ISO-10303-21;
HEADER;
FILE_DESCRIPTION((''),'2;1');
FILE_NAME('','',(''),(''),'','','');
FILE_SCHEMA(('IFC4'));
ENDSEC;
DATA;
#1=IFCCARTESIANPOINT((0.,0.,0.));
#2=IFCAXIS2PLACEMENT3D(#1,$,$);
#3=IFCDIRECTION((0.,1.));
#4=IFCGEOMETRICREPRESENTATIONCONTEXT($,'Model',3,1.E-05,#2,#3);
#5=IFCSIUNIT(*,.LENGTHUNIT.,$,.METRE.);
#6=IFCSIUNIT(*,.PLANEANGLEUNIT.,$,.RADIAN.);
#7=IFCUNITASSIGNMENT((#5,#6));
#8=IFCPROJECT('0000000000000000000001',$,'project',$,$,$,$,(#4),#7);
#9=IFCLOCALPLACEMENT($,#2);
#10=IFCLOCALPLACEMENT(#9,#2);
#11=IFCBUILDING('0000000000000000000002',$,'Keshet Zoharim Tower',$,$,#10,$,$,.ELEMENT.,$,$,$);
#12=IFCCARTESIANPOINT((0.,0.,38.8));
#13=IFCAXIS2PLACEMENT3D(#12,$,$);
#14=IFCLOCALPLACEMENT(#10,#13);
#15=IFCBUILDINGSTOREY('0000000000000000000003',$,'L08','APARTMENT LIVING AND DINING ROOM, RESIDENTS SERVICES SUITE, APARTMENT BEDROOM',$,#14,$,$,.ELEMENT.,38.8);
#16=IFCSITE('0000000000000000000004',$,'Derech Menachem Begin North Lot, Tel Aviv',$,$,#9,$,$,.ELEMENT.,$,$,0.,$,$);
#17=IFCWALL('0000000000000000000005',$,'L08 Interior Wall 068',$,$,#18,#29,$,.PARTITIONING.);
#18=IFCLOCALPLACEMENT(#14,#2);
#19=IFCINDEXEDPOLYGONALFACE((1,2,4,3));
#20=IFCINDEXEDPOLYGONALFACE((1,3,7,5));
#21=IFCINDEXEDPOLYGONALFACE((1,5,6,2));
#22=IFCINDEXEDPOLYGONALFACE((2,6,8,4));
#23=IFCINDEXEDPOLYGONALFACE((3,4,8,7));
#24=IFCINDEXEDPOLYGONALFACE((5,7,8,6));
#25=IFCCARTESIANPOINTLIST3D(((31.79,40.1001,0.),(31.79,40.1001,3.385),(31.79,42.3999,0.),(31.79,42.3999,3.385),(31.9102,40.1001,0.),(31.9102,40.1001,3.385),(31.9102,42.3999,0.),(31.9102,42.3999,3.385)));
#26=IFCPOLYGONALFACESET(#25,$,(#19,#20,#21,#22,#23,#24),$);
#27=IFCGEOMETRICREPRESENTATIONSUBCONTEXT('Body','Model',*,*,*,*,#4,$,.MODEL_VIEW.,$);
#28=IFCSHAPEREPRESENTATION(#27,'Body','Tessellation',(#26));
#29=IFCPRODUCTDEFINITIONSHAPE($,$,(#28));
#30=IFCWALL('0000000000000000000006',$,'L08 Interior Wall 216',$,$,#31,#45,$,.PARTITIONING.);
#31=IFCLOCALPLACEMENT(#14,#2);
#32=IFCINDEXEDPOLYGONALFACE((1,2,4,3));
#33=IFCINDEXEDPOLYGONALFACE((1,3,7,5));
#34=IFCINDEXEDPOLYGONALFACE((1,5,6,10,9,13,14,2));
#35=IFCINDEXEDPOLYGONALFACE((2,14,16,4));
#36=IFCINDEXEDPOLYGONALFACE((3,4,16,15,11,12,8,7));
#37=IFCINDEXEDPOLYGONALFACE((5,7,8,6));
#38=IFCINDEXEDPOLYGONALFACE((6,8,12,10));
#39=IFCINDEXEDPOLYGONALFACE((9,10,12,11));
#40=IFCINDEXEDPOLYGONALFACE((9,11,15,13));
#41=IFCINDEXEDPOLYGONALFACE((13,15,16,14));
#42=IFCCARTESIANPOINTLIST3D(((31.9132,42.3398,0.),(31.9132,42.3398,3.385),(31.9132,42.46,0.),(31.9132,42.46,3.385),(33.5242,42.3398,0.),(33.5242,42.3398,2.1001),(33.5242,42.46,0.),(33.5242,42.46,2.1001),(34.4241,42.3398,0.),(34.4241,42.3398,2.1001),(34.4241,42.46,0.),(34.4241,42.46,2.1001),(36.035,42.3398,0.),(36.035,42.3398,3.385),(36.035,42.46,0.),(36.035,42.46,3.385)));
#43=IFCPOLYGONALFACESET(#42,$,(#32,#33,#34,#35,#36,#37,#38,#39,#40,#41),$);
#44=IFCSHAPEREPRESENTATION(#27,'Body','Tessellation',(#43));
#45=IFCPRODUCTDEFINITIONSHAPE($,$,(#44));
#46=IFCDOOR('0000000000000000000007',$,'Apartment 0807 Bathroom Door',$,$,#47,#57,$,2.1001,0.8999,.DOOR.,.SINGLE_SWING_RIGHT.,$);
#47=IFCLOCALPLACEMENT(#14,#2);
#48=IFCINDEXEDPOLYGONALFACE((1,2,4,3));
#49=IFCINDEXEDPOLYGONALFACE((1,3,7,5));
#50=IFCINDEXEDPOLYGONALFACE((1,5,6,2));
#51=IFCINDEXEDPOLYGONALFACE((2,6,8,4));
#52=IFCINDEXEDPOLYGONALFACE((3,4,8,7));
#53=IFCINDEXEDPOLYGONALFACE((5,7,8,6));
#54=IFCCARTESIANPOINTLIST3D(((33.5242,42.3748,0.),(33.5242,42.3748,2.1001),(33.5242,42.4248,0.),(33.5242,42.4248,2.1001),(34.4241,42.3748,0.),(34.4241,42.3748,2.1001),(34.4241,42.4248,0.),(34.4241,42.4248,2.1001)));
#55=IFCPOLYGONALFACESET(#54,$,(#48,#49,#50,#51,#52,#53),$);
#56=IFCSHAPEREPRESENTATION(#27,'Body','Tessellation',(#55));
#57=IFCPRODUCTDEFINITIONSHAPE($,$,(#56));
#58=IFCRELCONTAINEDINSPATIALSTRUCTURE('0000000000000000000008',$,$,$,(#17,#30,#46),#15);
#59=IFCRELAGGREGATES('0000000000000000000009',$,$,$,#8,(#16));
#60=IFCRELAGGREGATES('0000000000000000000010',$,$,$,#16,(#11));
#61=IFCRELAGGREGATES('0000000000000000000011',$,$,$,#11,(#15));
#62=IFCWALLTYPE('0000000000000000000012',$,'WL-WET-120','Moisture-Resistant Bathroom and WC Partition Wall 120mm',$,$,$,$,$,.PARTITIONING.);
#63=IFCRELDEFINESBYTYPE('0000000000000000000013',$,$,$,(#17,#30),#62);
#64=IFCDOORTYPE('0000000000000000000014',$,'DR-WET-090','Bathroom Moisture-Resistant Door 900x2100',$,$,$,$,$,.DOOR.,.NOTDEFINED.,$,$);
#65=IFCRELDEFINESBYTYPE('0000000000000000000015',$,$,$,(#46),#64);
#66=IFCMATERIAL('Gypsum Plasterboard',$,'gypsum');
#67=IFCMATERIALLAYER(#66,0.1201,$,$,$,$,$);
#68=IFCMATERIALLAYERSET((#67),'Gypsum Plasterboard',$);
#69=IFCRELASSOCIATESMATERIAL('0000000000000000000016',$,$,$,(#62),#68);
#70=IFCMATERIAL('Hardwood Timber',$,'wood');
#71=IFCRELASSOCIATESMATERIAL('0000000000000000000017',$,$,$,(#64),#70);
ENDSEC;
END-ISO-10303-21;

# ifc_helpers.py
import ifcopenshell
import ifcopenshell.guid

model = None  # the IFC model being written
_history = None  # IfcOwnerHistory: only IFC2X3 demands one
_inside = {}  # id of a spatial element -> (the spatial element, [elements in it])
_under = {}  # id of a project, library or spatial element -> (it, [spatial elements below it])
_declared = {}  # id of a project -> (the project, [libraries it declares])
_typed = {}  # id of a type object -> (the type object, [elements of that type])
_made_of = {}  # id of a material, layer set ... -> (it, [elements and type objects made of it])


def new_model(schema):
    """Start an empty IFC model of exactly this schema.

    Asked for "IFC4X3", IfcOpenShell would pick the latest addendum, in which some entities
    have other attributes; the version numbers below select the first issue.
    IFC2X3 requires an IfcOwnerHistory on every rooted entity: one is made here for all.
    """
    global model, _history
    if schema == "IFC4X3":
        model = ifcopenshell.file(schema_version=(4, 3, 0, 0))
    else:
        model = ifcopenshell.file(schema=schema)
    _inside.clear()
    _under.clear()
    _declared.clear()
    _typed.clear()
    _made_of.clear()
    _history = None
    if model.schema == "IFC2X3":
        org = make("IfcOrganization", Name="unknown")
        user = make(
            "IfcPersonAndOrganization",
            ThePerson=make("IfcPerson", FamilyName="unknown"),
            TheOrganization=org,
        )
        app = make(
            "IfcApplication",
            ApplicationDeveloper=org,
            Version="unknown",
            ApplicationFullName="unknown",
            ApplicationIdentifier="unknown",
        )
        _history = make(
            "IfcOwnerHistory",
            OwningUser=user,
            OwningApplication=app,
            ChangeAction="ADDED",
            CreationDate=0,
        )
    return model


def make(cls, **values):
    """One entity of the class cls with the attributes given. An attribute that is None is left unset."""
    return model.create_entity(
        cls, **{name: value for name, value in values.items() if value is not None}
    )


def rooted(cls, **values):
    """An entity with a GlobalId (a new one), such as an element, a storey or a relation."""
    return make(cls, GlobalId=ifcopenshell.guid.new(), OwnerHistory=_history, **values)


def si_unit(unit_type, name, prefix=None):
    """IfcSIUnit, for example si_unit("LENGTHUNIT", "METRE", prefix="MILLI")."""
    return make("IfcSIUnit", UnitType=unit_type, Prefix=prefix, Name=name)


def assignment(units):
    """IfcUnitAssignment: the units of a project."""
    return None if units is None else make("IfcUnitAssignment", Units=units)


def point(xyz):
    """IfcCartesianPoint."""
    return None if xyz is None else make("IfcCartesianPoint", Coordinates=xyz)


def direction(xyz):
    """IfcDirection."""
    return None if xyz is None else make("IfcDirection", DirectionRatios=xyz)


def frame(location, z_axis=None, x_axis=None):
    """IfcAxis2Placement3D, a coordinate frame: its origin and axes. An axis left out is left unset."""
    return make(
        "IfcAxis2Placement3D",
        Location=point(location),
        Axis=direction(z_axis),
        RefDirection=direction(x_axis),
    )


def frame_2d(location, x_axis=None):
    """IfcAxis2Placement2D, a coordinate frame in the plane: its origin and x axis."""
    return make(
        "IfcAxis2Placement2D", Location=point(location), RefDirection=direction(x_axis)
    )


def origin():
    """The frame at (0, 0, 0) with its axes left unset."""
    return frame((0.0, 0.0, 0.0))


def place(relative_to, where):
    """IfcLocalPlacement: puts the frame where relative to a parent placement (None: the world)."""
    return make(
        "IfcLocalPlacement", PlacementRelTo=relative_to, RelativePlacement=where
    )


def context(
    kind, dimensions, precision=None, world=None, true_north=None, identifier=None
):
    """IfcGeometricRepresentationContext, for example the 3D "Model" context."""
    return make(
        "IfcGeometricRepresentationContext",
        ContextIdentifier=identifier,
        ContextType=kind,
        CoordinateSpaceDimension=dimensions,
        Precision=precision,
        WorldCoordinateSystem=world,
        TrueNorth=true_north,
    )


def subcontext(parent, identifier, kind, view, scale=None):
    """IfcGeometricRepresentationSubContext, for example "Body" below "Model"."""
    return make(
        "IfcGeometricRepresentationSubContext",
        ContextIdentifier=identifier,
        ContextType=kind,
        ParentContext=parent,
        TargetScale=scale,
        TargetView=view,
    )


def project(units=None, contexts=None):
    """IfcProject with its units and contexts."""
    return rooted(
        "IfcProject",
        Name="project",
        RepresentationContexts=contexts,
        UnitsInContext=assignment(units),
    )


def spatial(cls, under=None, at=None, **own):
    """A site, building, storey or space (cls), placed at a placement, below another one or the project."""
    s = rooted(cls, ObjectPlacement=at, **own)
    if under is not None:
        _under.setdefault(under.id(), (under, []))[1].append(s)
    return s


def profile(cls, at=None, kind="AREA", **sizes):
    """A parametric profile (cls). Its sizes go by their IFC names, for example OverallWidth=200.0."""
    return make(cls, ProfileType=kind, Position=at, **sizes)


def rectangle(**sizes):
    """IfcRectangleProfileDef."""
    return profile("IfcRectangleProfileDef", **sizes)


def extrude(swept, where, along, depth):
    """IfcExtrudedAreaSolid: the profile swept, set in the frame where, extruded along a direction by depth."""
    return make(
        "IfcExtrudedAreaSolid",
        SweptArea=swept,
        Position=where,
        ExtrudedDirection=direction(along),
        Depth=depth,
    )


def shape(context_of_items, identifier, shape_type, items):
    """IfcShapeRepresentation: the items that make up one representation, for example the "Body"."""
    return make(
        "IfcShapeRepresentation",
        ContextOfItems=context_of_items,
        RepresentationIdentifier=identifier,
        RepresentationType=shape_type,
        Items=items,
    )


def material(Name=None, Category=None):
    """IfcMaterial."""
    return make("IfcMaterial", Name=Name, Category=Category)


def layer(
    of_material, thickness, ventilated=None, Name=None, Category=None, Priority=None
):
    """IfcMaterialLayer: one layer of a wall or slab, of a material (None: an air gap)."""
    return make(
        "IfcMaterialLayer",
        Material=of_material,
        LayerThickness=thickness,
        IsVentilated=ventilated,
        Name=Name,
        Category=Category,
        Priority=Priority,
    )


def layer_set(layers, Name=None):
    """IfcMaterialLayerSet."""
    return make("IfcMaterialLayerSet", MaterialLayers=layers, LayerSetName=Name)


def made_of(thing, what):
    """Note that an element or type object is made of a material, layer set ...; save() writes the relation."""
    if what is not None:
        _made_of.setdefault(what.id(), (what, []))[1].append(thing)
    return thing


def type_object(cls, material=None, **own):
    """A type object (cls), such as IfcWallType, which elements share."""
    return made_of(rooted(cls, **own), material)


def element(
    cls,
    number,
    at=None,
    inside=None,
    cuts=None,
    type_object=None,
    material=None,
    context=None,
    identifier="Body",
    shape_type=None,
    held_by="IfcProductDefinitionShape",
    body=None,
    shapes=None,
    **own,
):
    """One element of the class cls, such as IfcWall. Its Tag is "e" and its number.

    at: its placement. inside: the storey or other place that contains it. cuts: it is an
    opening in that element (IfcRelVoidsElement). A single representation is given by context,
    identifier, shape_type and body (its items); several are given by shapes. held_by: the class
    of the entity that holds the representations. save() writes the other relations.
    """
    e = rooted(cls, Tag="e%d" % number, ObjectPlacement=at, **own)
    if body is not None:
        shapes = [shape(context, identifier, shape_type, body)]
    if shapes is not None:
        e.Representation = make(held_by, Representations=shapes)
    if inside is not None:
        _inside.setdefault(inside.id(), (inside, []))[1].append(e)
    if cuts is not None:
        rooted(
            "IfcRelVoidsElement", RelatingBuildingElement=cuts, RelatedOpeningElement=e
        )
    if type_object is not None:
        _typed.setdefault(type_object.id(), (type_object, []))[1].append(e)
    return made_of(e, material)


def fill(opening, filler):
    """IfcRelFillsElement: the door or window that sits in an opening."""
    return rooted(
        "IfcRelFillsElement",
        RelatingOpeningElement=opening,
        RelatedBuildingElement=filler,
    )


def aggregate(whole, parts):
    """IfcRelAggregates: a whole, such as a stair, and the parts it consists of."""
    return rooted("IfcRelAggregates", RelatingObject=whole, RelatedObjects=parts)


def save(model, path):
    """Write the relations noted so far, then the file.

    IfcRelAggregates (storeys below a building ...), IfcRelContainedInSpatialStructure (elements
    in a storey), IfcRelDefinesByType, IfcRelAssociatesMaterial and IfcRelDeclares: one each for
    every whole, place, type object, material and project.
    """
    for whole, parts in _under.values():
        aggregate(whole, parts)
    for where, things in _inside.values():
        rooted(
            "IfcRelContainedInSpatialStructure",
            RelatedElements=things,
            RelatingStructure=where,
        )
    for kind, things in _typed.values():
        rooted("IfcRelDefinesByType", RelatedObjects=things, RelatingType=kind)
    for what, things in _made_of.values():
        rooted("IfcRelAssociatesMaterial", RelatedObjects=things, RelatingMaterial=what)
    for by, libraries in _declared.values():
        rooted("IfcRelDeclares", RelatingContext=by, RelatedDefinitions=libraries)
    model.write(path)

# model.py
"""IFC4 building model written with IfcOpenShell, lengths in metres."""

from ifc_helpers import new_model, si_unit, direction, frame, frame_2d, origin, place, context, subcontext, project, spatial, rectangle, extrude, material, layer, layer_set, type_object, element, fill, save


model = new_model("IFC4")

# Units and contexts
model_context = context("Model", 3, precision=1e-05, world=origin(), true_north=direction((0.0, 1.0)))
body_context = subcontext(model_context, "Body", "Model", "MODEL_VIEW")
ifc_project = project(units=[si_unit("LENGTHUNIT", "METRE"), si_unit("PLANEANGLEUNIT", "RADIAN")], contexts=[model_context])

# Site, building, storey
site_placement = place(None, origin())
site = spatial("IfcSite", under=ifc_project, at=site_placement, Name="Derech Menachem Begin North Lot, Tel Aviv", CompositionType="ELEMENT", RefElevation=0.0)
building_placement = place(site_placement, origin())
building = spatial("IfcBuilding", under=site, at=building_placement, Name="Keshet Zoharim Tower", CompositionType="ELEMENT")
storey_placement = place(building_placement, frame((0.0, 0.0, 38.8)))
storey = spatial("IfcBuildingStorey", under=building, at=storey_placement, Name="L08", Description="APARTMENT LIVING AND DINING ROOM, RESIDENTS SERVICES SUITE, APARTMENT BEDROOM", CompositionType="ELEMENT", Elevation=38.8)

# Shared definitions
ifc_material_1 = material(Name="Gypsum Plasterboard", Category="gypsum")
ifc_material_2 = material(Name="Hardwood Timber", Category="wood")

# Wall
ifc_layer_1 = layer(ifc_material_1, 0.1201)
ifc_layer_set_1 = layer_set([ifc_layer_1], Name="Gypsum Plasterboard")
wall_type_1 = type_object("IfcWallType", Name="WL-WET-120", Description="Moisture-Resistant Bathroom and WC Partition Wall 120mm", PredefinedType="PARTITIONING", material=ifc_layer_set_1)
wall_1_placement = place(storey_placement, frame((31.8501, 40.1001, 0.0), z_axis=(0.0, 0.0, 1.0), x_axis=(0.0, 1.0, 0.0)))
element("IfcWall", 1, at=wall_1_placement, inside=storey, type_object=wall_type_1, Name="L08 Interior Wall 068", PredefinedType="PARTITIONING", context=body_context, shape_type="SweptSolid", body=[
    extrude(rectangle(XDim=2.2998, YDim=0.1201, at=frame_2d((1.1499, 0.0))), origin(), (0.0, 0.0, 1.0), 3.385),
])

# Wall, opening, door
wall_2_placement = place(storey_placement, frame((31.9131, 42.3999, 0.0), z_axis=(0.0, 0.0, 1.0), x_axis=(1.0, 0.0, 0.0)))
wall_2 = element("IfcWall", 2, at=wall_2_placement, inside=storey, type_object=wall_type_1, Name="L08 Interior Wall 216", PredefinedType="PARTITIONING", context=body_context, shape_type="SweptSolid", body=[
    extrude(rectangle(XDim=4.1218, YDim=0.1201, at=frame_2d((2.061, 0.0))), origin(), (0.0, 0.0, 1.0), 3.385),
])
opening_1_placement = place(wall_2_placement, frame((1.6111, 0.0, 0.0)))
opening_1 = element("IfcOpeningElement", 3, at=opening_1_placement, cuts=wall_2, PredefinedType="OPENING", context=body_context, shape_type="SweptSolid", body=[
    extrude(rectangle(XDim=0.8999, YDim=2.1001, at=frame_2d((0.45, 1.05))), frame((0.0, 0.0701, 0.0), z_axis=(0.0, -1.0, 0.0), x_axis=(1.0, 0.0, 0.0)), (0.0, 0.0, 1.0), 0.1401),
])
door_type_1 = type_object("IfcDoorType", Name="DR-WET-090", Description="Bathroom Moisture-Resistant Door 900x2100", OperationType="NOTDEFINED", PredefinedType="DOOR", material=ifc_material_2)
door_1_placement = place(opening_1_placement, origin())
door_1 = element("IfcDoor", 4, at=door_1_placement, inside=storey, type_object=door_type_1, Name="Apartment 0807 Bathroom Door", OperationType="SINGLE_SWING_RIGHT", OverallHeight=2.1001, OverallWidth=0.8999, PredefinedType="DOOR", context=body_context, shape_type="SweptSolid", body=[
    extrude(rectangle(XDim=0.8999, YDim=2.1001, at=frame_2d((0.45, 1.05))), frame((0.0, 0.0249, 0.0), z_axis=(0.0, -1.0, 0.0), x_axis=(1.0, 0.0, 0.0)), (0.0, 0.0, 1.0), 0.05),
])
fill(opening_1, door_1)

save(model, "model.ifc")
